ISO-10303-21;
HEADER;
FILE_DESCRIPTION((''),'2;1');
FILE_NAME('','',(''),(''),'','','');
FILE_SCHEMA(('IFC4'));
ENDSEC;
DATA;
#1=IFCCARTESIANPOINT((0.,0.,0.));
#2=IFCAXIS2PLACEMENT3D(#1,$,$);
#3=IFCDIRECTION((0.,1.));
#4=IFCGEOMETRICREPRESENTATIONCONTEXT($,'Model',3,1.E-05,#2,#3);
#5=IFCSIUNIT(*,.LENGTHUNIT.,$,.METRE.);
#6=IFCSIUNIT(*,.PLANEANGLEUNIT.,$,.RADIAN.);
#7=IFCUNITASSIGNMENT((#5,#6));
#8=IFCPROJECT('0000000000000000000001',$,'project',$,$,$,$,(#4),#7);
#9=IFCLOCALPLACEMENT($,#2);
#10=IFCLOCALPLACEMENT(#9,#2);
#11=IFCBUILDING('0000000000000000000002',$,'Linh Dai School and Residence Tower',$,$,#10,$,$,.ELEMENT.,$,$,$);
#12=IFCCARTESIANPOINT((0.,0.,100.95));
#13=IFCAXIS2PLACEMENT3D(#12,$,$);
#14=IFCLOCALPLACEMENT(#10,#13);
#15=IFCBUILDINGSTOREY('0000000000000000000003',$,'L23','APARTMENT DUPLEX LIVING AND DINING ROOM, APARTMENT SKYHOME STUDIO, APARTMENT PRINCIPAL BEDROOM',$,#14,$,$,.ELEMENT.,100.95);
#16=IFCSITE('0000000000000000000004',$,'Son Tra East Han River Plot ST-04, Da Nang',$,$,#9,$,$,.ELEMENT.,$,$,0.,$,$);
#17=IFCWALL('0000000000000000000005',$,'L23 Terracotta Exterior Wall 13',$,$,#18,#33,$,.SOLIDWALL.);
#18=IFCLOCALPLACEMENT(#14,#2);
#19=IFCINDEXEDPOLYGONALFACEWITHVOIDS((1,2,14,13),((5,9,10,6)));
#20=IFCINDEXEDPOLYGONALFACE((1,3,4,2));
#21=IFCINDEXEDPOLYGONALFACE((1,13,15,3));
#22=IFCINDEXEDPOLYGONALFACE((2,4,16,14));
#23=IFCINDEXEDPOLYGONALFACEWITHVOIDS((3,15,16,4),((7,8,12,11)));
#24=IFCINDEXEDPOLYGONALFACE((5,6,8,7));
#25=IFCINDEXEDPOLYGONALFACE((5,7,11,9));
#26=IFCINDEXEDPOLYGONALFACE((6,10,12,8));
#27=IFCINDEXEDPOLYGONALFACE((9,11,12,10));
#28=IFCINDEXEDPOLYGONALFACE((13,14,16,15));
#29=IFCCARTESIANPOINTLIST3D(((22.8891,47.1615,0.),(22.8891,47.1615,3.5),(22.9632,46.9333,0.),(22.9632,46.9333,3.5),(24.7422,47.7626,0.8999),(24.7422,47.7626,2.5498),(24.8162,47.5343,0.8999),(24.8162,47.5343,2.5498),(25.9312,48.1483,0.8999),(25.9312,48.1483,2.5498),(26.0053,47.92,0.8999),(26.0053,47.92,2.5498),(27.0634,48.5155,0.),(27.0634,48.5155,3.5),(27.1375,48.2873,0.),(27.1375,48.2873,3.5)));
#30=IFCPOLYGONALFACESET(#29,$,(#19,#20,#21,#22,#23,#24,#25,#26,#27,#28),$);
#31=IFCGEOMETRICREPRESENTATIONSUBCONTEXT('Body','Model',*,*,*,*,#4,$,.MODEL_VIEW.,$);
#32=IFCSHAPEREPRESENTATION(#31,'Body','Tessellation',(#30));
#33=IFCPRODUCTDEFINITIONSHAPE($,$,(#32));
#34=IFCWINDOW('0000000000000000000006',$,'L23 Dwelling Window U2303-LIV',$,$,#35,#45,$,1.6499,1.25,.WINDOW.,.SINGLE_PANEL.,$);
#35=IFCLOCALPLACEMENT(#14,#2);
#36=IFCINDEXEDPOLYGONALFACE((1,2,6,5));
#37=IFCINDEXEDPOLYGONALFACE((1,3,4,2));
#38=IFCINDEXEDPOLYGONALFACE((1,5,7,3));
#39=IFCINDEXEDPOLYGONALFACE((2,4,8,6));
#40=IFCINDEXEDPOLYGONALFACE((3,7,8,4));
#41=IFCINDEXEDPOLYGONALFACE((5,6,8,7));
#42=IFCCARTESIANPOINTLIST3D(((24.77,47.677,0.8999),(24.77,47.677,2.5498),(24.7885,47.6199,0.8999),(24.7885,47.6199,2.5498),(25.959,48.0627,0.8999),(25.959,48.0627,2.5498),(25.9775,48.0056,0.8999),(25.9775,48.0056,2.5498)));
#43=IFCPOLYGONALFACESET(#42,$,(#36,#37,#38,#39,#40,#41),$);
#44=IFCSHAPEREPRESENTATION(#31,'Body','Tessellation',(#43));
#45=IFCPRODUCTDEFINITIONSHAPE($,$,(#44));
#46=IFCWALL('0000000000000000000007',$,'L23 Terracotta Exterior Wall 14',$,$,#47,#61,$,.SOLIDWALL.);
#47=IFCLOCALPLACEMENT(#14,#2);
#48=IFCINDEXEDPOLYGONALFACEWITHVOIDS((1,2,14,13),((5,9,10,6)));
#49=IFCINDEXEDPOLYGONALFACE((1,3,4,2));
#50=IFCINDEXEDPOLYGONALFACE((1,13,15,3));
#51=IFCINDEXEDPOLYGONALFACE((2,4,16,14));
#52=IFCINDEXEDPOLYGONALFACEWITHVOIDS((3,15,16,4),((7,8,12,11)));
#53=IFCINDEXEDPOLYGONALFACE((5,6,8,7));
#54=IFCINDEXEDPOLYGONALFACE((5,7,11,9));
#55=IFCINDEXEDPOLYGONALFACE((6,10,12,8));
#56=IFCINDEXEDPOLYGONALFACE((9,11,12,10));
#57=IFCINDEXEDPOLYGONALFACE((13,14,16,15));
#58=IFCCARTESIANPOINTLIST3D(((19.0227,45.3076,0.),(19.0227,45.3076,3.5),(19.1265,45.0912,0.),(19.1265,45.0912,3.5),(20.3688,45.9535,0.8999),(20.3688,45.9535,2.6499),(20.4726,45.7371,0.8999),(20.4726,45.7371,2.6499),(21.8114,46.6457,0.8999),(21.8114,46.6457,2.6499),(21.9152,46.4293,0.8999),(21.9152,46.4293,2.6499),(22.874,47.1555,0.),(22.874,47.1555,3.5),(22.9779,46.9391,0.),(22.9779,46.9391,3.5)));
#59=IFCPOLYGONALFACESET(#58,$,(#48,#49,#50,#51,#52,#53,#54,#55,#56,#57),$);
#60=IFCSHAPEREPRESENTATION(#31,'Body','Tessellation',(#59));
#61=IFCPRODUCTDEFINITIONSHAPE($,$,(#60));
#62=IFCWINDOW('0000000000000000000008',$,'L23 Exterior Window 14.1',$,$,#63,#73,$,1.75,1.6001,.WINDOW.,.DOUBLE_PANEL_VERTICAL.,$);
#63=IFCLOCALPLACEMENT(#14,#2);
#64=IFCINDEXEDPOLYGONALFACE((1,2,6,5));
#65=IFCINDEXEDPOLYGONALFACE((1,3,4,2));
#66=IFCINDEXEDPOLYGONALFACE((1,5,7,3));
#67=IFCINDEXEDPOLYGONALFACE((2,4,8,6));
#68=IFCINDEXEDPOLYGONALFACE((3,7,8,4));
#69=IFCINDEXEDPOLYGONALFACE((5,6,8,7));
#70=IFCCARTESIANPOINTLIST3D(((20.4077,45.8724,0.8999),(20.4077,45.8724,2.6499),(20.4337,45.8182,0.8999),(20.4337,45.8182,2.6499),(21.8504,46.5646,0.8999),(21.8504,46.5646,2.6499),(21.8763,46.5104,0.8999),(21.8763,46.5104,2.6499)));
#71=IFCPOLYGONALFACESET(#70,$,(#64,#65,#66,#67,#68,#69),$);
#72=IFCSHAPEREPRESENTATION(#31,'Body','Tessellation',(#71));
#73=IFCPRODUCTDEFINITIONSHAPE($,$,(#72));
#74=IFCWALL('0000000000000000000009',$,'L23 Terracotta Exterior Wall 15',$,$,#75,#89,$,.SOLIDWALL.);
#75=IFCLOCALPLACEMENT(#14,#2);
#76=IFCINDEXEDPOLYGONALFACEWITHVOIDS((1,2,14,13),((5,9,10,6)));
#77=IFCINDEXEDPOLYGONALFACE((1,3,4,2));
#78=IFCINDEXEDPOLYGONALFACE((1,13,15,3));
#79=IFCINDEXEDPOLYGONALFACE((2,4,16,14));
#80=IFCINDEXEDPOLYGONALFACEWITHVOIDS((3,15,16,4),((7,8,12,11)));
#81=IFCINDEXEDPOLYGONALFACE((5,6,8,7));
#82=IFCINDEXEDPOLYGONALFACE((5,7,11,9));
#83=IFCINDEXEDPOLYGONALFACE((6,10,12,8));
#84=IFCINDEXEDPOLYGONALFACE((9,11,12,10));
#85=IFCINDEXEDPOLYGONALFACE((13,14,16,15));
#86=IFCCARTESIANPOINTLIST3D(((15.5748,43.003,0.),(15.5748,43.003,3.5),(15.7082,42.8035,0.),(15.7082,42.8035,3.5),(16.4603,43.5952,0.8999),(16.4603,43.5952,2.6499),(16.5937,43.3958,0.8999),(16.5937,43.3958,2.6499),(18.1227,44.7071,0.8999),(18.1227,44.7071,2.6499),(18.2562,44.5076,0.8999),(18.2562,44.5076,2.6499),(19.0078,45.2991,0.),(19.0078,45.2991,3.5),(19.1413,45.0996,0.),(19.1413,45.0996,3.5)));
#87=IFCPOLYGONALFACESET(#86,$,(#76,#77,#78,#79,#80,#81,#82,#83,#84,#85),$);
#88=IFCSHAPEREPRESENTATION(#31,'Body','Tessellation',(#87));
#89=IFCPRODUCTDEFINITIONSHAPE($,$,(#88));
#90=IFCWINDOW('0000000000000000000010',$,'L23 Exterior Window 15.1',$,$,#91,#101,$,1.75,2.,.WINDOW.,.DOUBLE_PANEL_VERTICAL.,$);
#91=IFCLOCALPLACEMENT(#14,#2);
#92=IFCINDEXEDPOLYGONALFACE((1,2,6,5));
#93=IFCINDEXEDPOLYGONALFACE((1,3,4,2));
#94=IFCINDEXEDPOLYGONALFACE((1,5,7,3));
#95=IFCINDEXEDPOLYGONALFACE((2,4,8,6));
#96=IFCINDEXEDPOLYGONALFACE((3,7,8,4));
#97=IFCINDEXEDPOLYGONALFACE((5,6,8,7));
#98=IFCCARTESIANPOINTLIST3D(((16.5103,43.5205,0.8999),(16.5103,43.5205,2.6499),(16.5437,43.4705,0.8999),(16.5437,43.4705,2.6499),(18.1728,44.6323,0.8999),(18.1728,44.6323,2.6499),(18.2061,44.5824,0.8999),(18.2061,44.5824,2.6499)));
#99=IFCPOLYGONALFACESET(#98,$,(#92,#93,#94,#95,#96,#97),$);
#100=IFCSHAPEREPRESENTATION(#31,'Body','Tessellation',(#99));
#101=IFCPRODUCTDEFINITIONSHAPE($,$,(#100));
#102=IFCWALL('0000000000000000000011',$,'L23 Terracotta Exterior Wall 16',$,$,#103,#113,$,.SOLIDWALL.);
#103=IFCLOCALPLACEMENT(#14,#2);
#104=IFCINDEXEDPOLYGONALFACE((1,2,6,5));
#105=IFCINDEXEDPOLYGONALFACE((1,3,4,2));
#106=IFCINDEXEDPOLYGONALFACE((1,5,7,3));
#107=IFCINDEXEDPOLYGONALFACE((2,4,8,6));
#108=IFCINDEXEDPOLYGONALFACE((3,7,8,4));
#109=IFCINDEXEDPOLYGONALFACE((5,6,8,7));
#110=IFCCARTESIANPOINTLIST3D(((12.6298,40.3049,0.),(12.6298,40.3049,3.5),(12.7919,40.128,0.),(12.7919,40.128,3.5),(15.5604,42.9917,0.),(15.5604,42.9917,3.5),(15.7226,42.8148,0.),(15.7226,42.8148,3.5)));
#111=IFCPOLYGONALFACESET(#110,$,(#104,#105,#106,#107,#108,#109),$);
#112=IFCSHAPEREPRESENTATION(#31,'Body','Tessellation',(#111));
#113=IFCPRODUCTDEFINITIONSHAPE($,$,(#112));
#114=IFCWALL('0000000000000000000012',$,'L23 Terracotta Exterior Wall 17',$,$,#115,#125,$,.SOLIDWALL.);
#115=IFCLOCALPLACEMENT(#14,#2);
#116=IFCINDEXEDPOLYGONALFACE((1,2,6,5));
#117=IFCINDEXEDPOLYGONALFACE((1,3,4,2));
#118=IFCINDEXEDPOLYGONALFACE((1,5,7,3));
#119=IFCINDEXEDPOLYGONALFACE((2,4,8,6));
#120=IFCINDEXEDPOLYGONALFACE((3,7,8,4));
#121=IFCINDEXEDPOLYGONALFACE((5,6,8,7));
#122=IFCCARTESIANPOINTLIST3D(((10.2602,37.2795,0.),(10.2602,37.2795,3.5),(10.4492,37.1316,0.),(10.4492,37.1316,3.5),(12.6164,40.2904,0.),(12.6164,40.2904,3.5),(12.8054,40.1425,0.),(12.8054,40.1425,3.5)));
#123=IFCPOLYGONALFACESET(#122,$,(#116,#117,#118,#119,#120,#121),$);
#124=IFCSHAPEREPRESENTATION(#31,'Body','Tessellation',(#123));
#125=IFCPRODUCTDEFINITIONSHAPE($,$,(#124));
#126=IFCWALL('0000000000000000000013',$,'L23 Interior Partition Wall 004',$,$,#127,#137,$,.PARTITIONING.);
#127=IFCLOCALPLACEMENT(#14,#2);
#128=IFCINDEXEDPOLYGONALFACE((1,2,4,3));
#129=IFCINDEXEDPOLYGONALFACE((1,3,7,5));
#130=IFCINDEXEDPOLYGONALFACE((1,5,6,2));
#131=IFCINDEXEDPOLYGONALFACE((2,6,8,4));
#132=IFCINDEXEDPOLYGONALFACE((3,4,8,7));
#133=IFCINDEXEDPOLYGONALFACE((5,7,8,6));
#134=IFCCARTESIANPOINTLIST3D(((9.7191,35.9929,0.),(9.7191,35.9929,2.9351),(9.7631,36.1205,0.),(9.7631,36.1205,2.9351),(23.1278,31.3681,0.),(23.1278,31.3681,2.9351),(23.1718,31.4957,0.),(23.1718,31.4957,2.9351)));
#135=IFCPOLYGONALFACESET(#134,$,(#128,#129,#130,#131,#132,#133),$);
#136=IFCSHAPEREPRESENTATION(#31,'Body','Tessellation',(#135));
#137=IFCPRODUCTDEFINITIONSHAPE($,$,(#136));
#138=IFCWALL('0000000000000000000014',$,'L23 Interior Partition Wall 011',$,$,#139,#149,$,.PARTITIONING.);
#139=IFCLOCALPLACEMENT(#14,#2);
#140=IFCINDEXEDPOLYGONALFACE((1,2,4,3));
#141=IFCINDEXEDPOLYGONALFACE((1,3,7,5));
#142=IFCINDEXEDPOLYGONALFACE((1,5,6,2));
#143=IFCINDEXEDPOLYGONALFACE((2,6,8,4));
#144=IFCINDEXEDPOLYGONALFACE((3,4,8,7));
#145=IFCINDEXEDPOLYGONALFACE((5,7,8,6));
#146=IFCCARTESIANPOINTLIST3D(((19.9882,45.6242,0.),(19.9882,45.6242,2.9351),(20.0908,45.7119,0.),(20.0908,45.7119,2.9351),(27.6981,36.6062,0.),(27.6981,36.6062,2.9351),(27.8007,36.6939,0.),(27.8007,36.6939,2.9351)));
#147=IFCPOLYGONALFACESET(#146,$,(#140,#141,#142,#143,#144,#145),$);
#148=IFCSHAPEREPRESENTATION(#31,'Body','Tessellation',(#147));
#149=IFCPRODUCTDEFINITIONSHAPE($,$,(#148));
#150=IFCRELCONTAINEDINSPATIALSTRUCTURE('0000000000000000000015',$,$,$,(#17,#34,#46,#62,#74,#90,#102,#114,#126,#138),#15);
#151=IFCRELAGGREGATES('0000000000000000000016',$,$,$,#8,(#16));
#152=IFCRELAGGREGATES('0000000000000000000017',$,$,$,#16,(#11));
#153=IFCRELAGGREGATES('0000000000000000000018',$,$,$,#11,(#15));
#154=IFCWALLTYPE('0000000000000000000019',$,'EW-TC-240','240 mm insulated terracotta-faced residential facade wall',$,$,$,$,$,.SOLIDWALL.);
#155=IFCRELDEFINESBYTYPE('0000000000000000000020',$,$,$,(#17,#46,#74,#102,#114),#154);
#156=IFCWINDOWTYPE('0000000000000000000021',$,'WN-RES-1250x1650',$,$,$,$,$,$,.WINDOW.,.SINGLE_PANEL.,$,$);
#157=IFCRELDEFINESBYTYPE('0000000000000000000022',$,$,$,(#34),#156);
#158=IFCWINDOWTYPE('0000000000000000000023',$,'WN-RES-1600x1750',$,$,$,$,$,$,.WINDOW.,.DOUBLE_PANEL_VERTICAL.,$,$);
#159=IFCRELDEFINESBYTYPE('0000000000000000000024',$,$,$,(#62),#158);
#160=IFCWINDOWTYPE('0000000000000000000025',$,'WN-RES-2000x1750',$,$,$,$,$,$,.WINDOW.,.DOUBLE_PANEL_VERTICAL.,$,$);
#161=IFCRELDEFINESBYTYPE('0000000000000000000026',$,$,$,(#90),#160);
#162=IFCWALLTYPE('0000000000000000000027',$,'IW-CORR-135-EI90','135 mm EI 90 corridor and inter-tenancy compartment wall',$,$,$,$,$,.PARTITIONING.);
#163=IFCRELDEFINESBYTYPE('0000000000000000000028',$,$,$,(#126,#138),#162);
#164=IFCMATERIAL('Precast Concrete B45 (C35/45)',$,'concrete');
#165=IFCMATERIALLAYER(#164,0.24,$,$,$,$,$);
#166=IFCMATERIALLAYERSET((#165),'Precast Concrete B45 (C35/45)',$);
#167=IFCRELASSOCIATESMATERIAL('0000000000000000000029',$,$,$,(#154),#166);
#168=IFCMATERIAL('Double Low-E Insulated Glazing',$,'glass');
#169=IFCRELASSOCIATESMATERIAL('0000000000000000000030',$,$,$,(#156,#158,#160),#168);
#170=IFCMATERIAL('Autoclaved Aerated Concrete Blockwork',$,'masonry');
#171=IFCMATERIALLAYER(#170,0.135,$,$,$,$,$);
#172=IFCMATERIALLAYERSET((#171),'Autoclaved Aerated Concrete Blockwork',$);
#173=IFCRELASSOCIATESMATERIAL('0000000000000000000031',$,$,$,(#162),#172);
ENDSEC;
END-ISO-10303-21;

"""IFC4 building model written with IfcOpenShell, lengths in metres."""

from ifc_helpers import new_model, si_unit, direction, frame, frame_2d, origin, origin_2d, place, context, subcontext, project, spatial, rectangle, extrude, source, transform, mapped, material, layer, layer_set, type_object, element, fill, save


model = new_model("IFC4")

# Units and contexts
model_context = context("Model", 3, precision=1e-05, world=origin(), true_north=direction((0.0, 1.0)))
body_context = subcontext(model_context, "Body", "Model", "MODEL_VIEW")
ifc_project = project(units=[si_unit("LENGTHUNIT", "METRE"), si_unit("PLANEANGLEUNIT", "RADIAN")], contexts=[model_context])

# Site, building, storey
site_placement = place(None, origin())
site = spatial("IfcSite", under=ifc_project, at=site_placement, Name="Son Tra East Han River Plot ST-04, Da Nang", CompositionType="ELEMENT", RefElevation=0.0)
building_placement = place(site_placement, origin())
building = spatial("IfcBuilding", under=site, at=building_placement, Name="Linh Dai School and Residence Tower", CompositionType="ELEMENT")
storey_placement = place(building_placement, frame((0.0, 0.0, 100.95)))
storey = spatial("IfcBuildingStorey", under=building, at=storey_placement, Name="L23", Description="APARTMENT DUPLEX LIVING AND DINING ROOM, APARTMENT SKYHOME STUDIO, APARTMENT PRINCIPAL BEDROOM", CompositionType="ELEMENT", Elevation=100.95)

# Shared definitions
ifc_material_1 = material(Name="Precast Concrete B45 (C35/45)", Category="concrete")

# Walls, openings, windows
ifc_layer_1 = layer(ifc_material_1, 0.24)
ifc_layer_set_1 = layer_set([ifc_layer_1], Name="Precast Concrete B45 (C35/45)")
wall_type_1 = type_object("IfcWallType", Name="EW-TC-240", Description="240 mm insulated terracotta-faced residential facade wall", PredefinedType="SOLIDWALL", material=ifc_layer_set_1)
wall_1_placement = place(storey_placement, frame((22.926, 47.0474, 0.0), z_axis=(0.0, 0.0, 1.0), x_axis=(0.951211, 0.30854, 0.0)))
wall_1 = element("IfcWall", 1, at=wall_1_placement, inside=storey, type_object=wall_type_1, Name="L23 Terracotta Exterior Wall 13", PredefinedType="SOLIDWALL", context=body_context, shape_type="SweptSolid", body=[
    extrude(rectangle(XDim=4.3884, YDim=0.24, at=frame_2d((2.1943, 0.0))), origin(), (0.0, 0.0, 1.0), 3.5),
])
opening_1_placement = place(wall_1_placement, frame((1.9482, 0.0, 0.8999)))
opening_1 = element("IfcOpeningElement", 2, at=opening_1_placement, cuts=wall_1, PredefinedType="OPENING", context=body_context, shape_type="SweptSolid", body=[
    extrude(rectangle(XDim=1.25, YDim=1.6499, at=origin_2d()), frame((0.625, 0.1299, 0.825), z_axis=(0.0, -1.0, 0.0), x_axis=(1.0, 0.0, 0.0)), (0.0, 0.0, 1.0), 0.26),
])
ifc_material_2 = material(Name="Double Low-E Insulated Glazing", Category="glass")
window_type_1 = type_object("IfcWindowType", Name="WN-RES-1250x1650", PartitioningType="SINGLE_PANEL", PredefinedType="WINDOW", material=ifc_material_2)
shared_shape_1 = source(origin(), body_context, "Body", "SweptSolid", [
    extrude(rectangle(XDim=1.25, YDim=1.6499, at=origin_2d()), frame((0.625, 0.03, 0.825), z_axis=(0.0, -1.0, 0.0), x_axis=(1.0, 0.0, 0.0)), (0.0, 0.0, 1.0), 0.0601),
])
window_1_placement = place(opening_1_placement, origin())
window_1 = element("IfcWindow", 3, at=window_1_placement, inside=storey, type_object=window_type_1, Name="L23 Dwelling Window U2303-LIV", OverallHeight=1.6499, OverallWidth=1.25, PartitioningType="SINGLE_PANEL", PredefinedType="WINDOW", context=body_context, shape_type="MappedRepresentation", body=[
    mapped(shared_shape_1, transform((0.0, 0.0, 0.0), x_axis=(1.0, 0.0, 0.0), y_axis=(0.0, 1.0, 0.0), z_axis=(0.0, 0.0, 1.0), scale=1.0)),
])
fill(opening_1, window_1)
wall_2_placement = place(storey_placement, frame((19.0747, 45.1995, 0.0), z_axis=(0.0, 0.0, 1.0), x_axis=(0.90159, 0.432592, 0.0)))
wall_2 = element("IfcWall", 4, at=wall_2_placement, inside=storey, type_object=wall_type_1, Name="L23 Terracotta Exterior Wall 14", PredefinedType="SOLIDWALL", context=body_context, shape_type="SweptSolid", body=[
    extrude(rectangle(XDim=4.2717, YDim=0.24, at=frame_2d((2.1357, 0.0))), origin(), (0.0, 0.0, 1.0), 3.5),
])
opening_2_placement = place(wall_2_placement, frame((1.4929, 0.0, 0.8999)))
opening_2 = element("IfcOpeningElement", 5, at=opening_2_placement, cuts=wall_2, PredefinedType="OPENING", context=body_context, shape_type="SweptSolid", body=[
    extrude(rectangle(XDim=1.6001, YDim=1.75, at=origin_2d()), frame((0.8, 0.1299, 0.875), z_axis=(0.0, -1.0, 0.0), x_axis=(1.0, 0.0, 0.0)), (0.0, 0.0, 1.0), 0.26),
])
window_type_2 = type_object("IfcWindowType", Name="WN-RES-1600x1750", PartitioningType="DOUBLE_PANEL_VERTICAL", PredefinedType="WINDOW", material=ifc_material_2)
shared_shape_2 = source(origin(), body_context, "Body", "SweptSolid", [
    extrude(rectangle(XDim=1.6001, YDim=1.75, at=origin_2d()), frame((0.8, 0.03, 0.875), z_axis=(0.0, -1.0, 0.0), x_axis=(1.0, 0.0, 0.0)), (0.0, 0.0, 1.0), 0.0601),
])
window_2_placement = place(opening_2_placement, origin())
window_2 = element("IfcWindow", 6, at=window_2_placement, inside=storey, type_object=window_type_2, Name="L23 Exterior Window 14.1", OverallHeight=1.75, OverallWidth=1.6001, PartitioningType="DOUBLE_PANEL_VERTICAL", PredefinedType="WINDOW", context=body_context, shape_type="MappedRepresentation", body=[
    mapped(shared_shape_2, transform((0.0, 0.0, 0.0), x_axis=(1.0, 0.0, 0.0), y_axis=(0.0, 1.0, 0.0), z_axis=(0.0, 0.0, 1.0), scale=1.0)),
])
fill(opening_2, window_2)
wall_3_placement = place(storey_placement, frame((15.6416, 42.9033, 0.0), z_axis=(0.0, 0.0, 1.0), x_axis=(0.831222, 0.555941, 0.0)))
wall_3 = element("IfcWall", 7, at=wall_3_placement, inside=storey, type_object=wall_type_1, Name="L23 Terracotta Exterior Wall 15", PredefinedType="SOLIDWALL", context=body_context, shape_type="SweptSolid", body=[
    extrude(rectangle(XDim=4.1301, YDim=0.24, at=frame_2d((2.0649, 0.0))), origin(), (0.0, 0.0, 1.0), 3.5),
])
opening_3_placement = place(wall_3_placement, frame((1.0652, 0.0, 0.8999)))
opening_3 = element("IfcOpeningElement", 8, at=opening_3_placement, cuts=wall_3, PredefinedType="OPENING", context=body_context, shape_type="SweptSolid", body=[
    extrude(rectangle(XDim=2.0, YDim=1.75, at=origin_2d()), frame((1.0, 0.1299, 0.875), z_axis=(0.0, -1.0, 0.0), x_axis=(1.0, 0.0, 0.0)), (0.0, 0.0, 1.0), 0.26),
])
window_type_3 = type_object("IfcWindowType", Name="WN-RES-2000x1750", PartitioningType="DOUBLE_PANEL_VERTICAL", PredefinedType="WINDOW", material=ifc_material_2)
shared_shape_3 = source(origin(), body_context, "Body", "SweptSolid", [
    extrude(rectangle(XDim=2.0, YDim=1.75, at=origin_2d()), frame((1.0, 0.03, 0.875), z_axis=(0.0, -1.0, 0.0), x_axis=(1.0, 0.0, 0.0)), (0.0, 0.0, 1.0), 0.0601),
])
window_3_placement = place(opening_3_placement, origin())
window_3 = element("IfcWindow", 9, at=window_3_placement, inside=storey, type_object=window_type_3, Name="L23 Exterior Window 15.1", OverallHeight=1.75, OverallWidth=2.0, PartitioningType="DOUBLE_PANEL_VERTICAL", PredefinedType="WINDOW", context=body_context, shape_type="MappedRepresentation", body=[
    mapped(shared_shape_3, transform((0.0, 0.0, 0.0), x_axis=(1.0, 0.0, 0.0), y_axis=(0.0, 1.0, 0.0), z_axis=(0.0, 0.0, 1.0), scale=1.0)),
])
fill(opening_3, window_3)

# Walls
wall_4_placement = place(storey_placement, frame((12.7109, 40.2166, 0.0), z_axis=(0.0, 0.0, 1.0), x_axis=(0.737113, 0.675769, 0.0)))
element("IfcWall", 10, at=wall_4_placement, inside=storey, type_object=wall_type_1, Name="L23 Terracotta Exterior Wall 16", PredefinedType="SOLIDWALL", context=body_context, shape_type="SweptSolid", body=[
    extrude(rectangle(XDim=3.9758, YDim=0.24, at=frame_2d((1.9878, 0.0))), origin(), (0.0, 0.0, 1.0), 3.5),
])
wall_5_placement = place(storey_placement, frame((10.3547, 37.2056, 0.0), z_axis=(0.0, 0.0, 1.0), x_axis=(0.616272, 0.787533, 0.0)))
element("IfcWall", 11, at=wall_5_placement, inside=storey, type_object=wall_type_1, Name="L23 Terracotta Exterior Wall 17", PredefinedType="SOLIDWALL", context=body_context, shape_type="SweptSolid", body=[
    extrude(rectangle(XDim=3.8232, YDim=0.24, at=frame_2d((1.9116, 0.0))), origin(), (0.0, 0.0, 1.0), 3.5),
])
ifc_material_3 = material(Name="Autoclaved Aerated Concrete Blockwork", Category="masonry")
ifc_layer_2 = layer(ifc_material_3, 0.135)
ifc_layer_set_2 = layer_set([ifc_layer_2], Name="Autoclaved Aerated Concrete Blockwork")
wall_type_2 = type_object("IfcWallType", Name="IW-CORR-135-EI90", Description="135 mm EI 90 corridor and inter-tenancy compartment wall", PredefinedType="PARTITIONING", material=ifc_layer_set_2)
wall_6_placement = place(storey_placement, frame((9.7412, 36.0566, 0.0), z_axis=(0.0, 0.0, 1.0), x_axis=(0.94535, -0.326058, 0.0)))
element("IfcWall", 12, at=wall_6_placement, inside=storey, type_object=wall_type_2, Name="L23 Interior Partition Wall 004", PredefinedType="PARTITIONING", context=body_context, shape_type="SweptSolid", body=[
    extrude(rectangle(XDim=14.1838, YDim=0.135, at=frame_2d((7.0918, 0.0))), origin(), (0.0, 0.0, 1.0), 2.9351),
])
wall_7_placement = place(storey_placement, frame((20.0396, 45.668, 0.0), z_axis=(0.0, 0.0, 1.0), x_axis=(0.649828, -0.760081, 0.0)))
element("IfcWall", 13, at=wall_7_placement, inside=storey, type_object=wall_type_2, Name="L23 Interior Partition Wall 011", PredefinedType="PARTITIONING", context=body_context, shape_type="SweptSolid", body=[
    extrude(rectangle(XDim=11.8645, YDim=0.135, at=frame_2d((5.9321, 0.0))), origin(), (0.0, 0.0, 1.0), 2.9351),
])

save(model, "model.ifc")
